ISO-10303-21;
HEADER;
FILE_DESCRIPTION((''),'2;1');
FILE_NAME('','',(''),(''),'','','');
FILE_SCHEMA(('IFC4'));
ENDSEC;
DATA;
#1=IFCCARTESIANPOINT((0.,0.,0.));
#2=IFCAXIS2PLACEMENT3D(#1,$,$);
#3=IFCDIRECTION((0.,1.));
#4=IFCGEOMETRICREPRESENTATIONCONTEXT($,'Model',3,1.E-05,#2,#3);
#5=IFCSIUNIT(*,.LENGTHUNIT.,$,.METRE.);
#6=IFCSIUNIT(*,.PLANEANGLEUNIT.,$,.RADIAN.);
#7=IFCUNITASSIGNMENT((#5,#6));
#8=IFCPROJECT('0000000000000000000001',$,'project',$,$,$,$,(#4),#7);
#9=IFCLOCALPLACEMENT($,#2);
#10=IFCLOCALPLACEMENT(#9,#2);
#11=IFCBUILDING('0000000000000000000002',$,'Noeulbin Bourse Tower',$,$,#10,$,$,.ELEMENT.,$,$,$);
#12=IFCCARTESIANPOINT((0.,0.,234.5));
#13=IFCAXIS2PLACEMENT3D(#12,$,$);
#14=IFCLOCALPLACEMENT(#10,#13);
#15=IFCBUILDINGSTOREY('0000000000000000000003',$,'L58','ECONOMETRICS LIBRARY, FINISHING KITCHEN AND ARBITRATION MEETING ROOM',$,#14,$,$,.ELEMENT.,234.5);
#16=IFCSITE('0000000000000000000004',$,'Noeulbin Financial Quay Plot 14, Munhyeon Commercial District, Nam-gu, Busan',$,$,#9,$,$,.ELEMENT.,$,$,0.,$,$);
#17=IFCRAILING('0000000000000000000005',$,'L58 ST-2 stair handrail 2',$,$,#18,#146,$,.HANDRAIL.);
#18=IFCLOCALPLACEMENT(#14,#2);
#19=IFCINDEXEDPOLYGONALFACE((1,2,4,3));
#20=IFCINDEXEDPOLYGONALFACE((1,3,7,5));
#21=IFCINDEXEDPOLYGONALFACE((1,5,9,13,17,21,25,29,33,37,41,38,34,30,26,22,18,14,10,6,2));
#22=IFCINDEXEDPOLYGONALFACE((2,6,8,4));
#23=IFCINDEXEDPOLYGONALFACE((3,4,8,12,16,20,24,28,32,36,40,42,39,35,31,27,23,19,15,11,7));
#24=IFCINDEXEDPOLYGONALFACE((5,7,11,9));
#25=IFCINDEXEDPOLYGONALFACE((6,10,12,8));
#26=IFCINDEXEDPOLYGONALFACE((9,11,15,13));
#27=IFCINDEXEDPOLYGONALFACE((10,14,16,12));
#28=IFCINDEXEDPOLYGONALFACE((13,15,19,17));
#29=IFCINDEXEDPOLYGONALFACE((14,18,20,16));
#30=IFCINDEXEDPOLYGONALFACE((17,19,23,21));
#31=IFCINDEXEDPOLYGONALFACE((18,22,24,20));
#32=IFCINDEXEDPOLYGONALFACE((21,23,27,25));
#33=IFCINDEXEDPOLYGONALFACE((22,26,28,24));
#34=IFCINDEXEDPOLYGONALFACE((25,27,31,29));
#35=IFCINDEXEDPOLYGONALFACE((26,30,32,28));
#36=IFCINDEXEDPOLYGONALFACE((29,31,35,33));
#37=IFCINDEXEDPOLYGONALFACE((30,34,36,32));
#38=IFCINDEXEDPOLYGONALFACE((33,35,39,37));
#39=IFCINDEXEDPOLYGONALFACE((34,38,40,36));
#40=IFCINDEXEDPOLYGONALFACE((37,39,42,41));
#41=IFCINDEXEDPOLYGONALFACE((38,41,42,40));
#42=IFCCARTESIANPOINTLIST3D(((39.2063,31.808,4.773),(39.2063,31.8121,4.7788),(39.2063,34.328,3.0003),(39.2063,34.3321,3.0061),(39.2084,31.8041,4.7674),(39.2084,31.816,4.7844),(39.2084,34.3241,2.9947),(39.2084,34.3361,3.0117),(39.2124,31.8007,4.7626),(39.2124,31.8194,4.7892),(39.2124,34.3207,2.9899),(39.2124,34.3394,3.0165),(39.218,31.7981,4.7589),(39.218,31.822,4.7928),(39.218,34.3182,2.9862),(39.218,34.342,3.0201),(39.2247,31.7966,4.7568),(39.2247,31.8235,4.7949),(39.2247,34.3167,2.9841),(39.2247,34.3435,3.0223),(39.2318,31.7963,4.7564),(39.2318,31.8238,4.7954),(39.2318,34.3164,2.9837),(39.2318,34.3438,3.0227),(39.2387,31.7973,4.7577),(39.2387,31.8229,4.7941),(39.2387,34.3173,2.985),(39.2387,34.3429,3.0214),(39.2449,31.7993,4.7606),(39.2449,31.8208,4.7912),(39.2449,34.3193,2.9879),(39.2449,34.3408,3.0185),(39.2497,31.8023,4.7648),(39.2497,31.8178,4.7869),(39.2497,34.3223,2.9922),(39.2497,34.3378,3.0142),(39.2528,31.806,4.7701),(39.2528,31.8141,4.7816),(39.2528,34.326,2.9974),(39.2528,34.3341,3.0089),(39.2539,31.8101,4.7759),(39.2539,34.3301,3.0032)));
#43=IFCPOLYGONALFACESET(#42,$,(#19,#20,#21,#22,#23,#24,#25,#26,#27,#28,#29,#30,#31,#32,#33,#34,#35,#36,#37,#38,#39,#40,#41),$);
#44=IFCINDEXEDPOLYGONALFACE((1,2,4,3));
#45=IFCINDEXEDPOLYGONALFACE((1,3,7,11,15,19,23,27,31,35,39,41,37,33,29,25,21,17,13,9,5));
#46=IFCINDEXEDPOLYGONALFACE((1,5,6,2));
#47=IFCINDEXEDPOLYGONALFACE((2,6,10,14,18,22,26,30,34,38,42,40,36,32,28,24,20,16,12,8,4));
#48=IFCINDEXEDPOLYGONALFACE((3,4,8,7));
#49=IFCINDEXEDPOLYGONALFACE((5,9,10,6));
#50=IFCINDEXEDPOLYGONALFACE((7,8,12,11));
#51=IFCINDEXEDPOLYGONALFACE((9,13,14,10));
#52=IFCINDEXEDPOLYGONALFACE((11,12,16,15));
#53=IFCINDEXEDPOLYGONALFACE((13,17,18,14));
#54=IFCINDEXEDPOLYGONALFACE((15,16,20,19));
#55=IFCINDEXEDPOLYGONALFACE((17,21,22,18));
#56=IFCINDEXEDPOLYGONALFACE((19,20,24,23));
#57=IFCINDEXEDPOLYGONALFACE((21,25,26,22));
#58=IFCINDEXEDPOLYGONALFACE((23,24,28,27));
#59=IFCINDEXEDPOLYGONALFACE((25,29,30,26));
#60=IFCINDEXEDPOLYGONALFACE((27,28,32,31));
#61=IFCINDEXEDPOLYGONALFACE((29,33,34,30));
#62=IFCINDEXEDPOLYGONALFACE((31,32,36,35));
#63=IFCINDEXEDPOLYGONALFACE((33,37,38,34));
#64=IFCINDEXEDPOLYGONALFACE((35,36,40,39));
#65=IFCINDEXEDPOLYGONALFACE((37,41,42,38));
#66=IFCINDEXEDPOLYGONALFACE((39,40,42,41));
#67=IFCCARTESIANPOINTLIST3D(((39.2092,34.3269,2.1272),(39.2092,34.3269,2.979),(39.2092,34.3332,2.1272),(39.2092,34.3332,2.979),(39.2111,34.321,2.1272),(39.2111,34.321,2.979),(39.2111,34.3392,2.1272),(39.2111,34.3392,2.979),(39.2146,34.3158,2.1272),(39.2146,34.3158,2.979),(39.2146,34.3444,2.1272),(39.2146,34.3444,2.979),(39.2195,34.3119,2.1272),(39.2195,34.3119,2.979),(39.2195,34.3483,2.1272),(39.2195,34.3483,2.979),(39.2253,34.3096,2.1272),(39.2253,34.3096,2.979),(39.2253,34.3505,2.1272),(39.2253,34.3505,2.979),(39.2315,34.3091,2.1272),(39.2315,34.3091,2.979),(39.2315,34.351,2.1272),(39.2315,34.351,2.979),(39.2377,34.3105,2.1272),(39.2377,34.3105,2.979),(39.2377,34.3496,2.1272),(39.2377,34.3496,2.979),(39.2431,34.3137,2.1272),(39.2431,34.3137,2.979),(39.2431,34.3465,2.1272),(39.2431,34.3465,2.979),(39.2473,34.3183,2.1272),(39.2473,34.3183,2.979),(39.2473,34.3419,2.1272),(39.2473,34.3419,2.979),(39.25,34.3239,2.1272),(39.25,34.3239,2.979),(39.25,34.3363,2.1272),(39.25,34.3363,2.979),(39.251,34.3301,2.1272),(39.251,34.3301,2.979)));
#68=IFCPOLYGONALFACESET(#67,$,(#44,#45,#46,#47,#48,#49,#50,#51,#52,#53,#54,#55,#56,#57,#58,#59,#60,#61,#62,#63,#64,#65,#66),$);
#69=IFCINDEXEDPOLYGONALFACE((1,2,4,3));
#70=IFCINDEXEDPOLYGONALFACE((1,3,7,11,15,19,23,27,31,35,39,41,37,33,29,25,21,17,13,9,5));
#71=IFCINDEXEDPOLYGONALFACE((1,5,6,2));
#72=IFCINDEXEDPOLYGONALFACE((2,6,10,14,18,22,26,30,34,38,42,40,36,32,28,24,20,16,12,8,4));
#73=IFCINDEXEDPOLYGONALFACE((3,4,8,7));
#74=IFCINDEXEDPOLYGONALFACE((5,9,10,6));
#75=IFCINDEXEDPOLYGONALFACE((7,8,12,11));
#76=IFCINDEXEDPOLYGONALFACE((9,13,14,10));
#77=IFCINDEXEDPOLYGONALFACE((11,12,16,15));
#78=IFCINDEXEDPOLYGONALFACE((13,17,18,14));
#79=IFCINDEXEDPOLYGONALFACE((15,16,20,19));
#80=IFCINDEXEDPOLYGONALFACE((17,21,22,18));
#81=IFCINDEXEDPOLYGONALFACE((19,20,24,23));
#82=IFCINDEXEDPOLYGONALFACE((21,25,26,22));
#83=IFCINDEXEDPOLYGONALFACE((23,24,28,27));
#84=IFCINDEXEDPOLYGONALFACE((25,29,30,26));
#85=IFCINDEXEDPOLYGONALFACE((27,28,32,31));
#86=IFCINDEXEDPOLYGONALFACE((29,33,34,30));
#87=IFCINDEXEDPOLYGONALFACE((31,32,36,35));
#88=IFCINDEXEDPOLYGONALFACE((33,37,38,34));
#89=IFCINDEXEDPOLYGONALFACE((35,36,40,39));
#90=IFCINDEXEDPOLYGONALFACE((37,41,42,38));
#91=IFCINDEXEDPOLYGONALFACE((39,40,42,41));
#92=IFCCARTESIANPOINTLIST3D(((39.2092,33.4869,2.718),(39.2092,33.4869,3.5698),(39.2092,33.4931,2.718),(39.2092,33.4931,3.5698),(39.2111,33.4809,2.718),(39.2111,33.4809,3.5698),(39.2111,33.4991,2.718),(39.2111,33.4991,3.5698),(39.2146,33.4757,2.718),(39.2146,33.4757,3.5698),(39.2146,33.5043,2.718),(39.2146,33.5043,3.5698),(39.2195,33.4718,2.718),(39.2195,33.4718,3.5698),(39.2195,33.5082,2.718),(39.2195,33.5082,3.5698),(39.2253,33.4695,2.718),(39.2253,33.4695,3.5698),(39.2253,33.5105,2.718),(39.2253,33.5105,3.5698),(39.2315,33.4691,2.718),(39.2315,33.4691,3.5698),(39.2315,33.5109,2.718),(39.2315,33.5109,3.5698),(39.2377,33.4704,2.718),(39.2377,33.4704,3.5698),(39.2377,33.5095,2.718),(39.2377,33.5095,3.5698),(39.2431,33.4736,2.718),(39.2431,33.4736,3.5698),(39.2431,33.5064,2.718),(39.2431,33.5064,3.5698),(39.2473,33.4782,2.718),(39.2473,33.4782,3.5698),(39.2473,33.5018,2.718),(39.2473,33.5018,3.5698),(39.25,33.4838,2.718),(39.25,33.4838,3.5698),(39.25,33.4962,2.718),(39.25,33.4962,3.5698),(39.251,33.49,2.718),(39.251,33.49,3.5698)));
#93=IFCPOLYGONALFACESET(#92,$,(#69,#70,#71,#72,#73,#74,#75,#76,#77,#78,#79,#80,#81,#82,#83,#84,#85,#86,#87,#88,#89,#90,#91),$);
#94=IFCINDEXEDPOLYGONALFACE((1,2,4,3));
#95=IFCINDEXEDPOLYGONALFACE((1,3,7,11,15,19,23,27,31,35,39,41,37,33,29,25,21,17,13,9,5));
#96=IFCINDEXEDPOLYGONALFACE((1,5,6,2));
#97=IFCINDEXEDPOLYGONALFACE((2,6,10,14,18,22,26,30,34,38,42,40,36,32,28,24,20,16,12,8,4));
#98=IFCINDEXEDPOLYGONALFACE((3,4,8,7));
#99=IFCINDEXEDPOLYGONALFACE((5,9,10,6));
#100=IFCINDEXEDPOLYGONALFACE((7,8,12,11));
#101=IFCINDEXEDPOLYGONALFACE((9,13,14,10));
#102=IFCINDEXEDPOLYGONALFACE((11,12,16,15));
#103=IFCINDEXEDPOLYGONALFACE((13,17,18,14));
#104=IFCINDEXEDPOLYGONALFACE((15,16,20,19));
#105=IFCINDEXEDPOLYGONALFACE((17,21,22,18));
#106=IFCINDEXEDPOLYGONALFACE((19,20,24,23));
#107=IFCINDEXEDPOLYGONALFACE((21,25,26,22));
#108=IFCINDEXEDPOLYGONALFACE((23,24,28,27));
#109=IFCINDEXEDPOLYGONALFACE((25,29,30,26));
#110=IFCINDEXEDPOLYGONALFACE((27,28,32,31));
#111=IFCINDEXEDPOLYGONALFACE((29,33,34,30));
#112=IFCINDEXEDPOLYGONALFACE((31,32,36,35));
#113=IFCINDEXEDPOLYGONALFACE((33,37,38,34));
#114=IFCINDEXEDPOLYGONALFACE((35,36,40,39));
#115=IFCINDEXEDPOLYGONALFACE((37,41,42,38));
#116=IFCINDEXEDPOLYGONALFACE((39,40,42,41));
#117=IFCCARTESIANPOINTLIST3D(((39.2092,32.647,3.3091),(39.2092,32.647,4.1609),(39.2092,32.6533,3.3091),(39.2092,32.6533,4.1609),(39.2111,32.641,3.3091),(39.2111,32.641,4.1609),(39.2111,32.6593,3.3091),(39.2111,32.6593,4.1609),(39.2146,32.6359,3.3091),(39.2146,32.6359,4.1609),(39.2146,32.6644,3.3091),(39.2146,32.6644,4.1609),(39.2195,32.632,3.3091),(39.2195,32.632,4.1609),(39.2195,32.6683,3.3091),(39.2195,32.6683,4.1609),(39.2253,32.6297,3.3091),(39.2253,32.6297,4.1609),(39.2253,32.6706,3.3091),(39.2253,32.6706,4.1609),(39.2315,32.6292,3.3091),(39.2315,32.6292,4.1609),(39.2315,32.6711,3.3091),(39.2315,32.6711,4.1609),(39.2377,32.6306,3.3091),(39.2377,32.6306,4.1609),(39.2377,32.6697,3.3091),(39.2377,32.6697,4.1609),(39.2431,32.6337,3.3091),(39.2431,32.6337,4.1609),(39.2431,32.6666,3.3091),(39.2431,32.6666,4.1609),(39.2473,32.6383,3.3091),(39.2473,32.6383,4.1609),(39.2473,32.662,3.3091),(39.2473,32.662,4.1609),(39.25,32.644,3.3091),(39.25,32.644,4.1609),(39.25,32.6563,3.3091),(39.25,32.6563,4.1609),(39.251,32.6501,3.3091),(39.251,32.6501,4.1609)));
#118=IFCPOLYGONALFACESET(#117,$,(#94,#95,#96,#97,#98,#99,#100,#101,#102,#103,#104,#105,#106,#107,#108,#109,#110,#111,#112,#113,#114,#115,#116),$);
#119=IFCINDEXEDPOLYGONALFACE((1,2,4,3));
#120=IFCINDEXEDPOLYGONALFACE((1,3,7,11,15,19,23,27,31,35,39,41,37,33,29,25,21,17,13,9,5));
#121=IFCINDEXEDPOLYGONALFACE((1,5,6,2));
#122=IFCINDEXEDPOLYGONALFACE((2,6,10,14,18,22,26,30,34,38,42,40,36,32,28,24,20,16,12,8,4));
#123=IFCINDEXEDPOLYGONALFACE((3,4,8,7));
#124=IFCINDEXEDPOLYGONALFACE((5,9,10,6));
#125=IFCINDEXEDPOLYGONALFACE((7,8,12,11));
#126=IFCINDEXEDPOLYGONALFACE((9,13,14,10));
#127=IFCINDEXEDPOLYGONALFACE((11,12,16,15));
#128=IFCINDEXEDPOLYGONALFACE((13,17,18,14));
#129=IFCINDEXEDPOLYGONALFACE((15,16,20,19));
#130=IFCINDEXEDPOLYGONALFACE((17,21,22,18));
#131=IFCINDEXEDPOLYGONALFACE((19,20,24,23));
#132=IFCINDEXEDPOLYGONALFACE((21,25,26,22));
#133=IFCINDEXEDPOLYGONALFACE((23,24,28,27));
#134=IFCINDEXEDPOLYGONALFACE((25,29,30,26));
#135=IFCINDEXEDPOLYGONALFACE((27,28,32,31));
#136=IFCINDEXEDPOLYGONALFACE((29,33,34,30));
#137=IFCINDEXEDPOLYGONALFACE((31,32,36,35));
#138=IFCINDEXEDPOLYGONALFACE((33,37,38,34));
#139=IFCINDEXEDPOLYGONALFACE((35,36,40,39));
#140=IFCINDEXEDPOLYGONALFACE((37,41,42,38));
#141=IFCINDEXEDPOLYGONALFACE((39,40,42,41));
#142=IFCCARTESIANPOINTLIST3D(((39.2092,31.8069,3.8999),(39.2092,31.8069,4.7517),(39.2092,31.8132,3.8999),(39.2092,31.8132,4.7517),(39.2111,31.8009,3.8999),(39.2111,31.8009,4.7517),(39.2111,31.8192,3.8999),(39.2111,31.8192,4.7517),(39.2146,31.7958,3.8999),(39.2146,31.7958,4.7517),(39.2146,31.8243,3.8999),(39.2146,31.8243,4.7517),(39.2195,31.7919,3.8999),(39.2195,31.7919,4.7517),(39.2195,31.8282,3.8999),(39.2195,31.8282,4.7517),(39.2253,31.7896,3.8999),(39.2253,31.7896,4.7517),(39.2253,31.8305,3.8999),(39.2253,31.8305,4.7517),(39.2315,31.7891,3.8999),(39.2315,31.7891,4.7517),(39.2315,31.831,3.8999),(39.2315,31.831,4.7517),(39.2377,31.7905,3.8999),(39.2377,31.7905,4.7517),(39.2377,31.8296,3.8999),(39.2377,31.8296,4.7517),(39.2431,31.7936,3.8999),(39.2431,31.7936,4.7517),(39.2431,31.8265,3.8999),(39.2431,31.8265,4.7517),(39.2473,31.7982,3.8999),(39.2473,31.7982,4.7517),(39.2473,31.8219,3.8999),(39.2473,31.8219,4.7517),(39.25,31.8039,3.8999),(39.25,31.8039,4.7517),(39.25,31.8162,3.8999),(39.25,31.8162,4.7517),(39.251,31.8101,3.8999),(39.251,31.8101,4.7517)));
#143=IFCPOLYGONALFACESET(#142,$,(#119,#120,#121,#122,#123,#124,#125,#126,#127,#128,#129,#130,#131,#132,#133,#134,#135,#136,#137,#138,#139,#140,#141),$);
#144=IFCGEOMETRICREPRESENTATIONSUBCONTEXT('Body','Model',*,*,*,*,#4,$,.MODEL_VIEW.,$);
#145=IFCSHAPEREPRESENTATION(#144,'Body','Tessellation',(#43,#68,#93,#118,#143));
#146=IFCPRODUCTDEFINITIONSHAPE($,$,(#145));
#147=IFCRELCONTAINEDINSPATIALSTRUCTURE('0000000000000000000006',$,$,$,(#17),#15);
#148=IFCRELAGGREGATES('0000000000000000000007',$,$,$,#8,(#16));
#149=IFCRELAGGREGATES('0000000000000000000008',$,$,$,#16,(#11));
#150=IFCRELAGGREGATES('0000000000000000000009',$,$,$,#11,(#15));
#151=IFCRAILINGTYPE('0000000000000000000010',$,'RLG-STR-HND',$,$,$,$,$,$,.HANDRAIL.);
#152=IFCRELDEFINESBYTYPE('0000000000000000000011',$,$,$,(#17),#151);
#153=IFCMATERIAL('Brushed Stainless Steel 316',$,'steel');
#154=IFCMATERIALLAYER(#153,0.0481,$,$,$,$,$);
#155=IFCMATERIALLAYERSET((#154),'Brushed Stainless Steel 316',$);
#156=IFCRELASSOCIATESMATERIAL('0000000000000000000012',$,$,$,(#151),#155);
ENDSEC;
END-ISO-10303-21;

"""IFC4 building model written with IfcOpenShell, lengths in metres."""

from ifc_helpers import new_model, si_unit, direction, frame, origin, origin_2d, place, context, subcontext, project, spatial, circle, extrude, material, layer, layer_set, type_object, element, save


model = new_model("IFC4")

# Units and contexts
model_context = context("Model", 3, precision=1e-05, world=origin(), true_north=direction((0.0, 1.0)))
body_context = subcontext(model_context, "Body", "Model", "MODEL_VIEW")
ifc_project = project(units=[si_unit("LENGTHUNIT", "METRE"), si_unit("PLANEANGLEUNIT", "RADIAN")], contexts=[model_context])

# Site, building, storey
site_placement = place(None, origin())
site = spatial("IfcSite", under=ifc_project, at=site_placement, Name="Noeulbin Financial Quay Plot 14, Munhyeon Commercial District, Nam-gu, Busan", CompositionType="ELEMENT", RefElevation=0.0)
building_placement = place(site_placement, origin())
building = spatial("IfcBuilding", under=site, at=building_placement, Name="Noeulbin Bourse Tower", CompositionType="ELEMENT")
storey_placement = place(building_placement, frame((0.0, 0.0, 234.5)))
storey = spatial("IfcBuildingStorey", under=building, at=storey_placement, Name="L58", Description="ECONOMETRICS LIBRARY, FINISHING KITCHEN AND ARBITRATION MEETING ROOM", CompositionType="ELEMENT", Elevation=234.5)

# Railing
ifc_material_1 = material(Name="Brushed Stainless Steel 316", Category="steel")
ifc_layer_1 = layer(ifc_material_1, 0.0481)
ifc_layer_set_1 = layer_set([ifc_layer_1], Name="Brushed Stainless Steel 316")
railing_type_1 = type_object("IfcRailingType", Name="RLG-STR-HND", PredefinedType="HANDRAIL", material=ifc_layer_set_1)
railing_1_placement = place(storey_placement, frame((39.23, 34.3301, 2.1272)))
element("IfcRailing", 1, at=railing_1_placement, inside=storey, type_object=railing_type_1, Name="L58 ST-2 stair handrail 2", PredefinedType="HANDRAIL", context=body_context, shape_type="SweptSolid", body=[
    extrude(circle(Radius=0.0239, at=origin_2d()), frame((0.0, 0.0, 0.876), z_axis=(0.0, -0.817904, 0.575354), x_axis=(1.0, 0.0, 0.0)), (0.0, 0.0, 1.0), 3.0811),
    extrude(circle(Radius=0.021, at=origin_2d()), origin(), (0.0, 0.0, 1.0), 0.8518),
    extrude(circle(Radius=0.021, at=origin_2d()), frame((0.0, -0.8401, 0.5908)), (0.0, 0.0, 1.0), 0.8518),
    extrude(circle(Radius=0.021, at=origin_2d()), frame((0.0, -1.6799, 1.1819)), (0.0, 0.0, 1.0), 0.8518),
    extrude(circle(Radius=0.021, at=origin_2d()), frame((0.0, -2.52, 1.7727)), (0.0, 0.0, 1.0), 0.8518),
])

save(model, "model.ifc")
